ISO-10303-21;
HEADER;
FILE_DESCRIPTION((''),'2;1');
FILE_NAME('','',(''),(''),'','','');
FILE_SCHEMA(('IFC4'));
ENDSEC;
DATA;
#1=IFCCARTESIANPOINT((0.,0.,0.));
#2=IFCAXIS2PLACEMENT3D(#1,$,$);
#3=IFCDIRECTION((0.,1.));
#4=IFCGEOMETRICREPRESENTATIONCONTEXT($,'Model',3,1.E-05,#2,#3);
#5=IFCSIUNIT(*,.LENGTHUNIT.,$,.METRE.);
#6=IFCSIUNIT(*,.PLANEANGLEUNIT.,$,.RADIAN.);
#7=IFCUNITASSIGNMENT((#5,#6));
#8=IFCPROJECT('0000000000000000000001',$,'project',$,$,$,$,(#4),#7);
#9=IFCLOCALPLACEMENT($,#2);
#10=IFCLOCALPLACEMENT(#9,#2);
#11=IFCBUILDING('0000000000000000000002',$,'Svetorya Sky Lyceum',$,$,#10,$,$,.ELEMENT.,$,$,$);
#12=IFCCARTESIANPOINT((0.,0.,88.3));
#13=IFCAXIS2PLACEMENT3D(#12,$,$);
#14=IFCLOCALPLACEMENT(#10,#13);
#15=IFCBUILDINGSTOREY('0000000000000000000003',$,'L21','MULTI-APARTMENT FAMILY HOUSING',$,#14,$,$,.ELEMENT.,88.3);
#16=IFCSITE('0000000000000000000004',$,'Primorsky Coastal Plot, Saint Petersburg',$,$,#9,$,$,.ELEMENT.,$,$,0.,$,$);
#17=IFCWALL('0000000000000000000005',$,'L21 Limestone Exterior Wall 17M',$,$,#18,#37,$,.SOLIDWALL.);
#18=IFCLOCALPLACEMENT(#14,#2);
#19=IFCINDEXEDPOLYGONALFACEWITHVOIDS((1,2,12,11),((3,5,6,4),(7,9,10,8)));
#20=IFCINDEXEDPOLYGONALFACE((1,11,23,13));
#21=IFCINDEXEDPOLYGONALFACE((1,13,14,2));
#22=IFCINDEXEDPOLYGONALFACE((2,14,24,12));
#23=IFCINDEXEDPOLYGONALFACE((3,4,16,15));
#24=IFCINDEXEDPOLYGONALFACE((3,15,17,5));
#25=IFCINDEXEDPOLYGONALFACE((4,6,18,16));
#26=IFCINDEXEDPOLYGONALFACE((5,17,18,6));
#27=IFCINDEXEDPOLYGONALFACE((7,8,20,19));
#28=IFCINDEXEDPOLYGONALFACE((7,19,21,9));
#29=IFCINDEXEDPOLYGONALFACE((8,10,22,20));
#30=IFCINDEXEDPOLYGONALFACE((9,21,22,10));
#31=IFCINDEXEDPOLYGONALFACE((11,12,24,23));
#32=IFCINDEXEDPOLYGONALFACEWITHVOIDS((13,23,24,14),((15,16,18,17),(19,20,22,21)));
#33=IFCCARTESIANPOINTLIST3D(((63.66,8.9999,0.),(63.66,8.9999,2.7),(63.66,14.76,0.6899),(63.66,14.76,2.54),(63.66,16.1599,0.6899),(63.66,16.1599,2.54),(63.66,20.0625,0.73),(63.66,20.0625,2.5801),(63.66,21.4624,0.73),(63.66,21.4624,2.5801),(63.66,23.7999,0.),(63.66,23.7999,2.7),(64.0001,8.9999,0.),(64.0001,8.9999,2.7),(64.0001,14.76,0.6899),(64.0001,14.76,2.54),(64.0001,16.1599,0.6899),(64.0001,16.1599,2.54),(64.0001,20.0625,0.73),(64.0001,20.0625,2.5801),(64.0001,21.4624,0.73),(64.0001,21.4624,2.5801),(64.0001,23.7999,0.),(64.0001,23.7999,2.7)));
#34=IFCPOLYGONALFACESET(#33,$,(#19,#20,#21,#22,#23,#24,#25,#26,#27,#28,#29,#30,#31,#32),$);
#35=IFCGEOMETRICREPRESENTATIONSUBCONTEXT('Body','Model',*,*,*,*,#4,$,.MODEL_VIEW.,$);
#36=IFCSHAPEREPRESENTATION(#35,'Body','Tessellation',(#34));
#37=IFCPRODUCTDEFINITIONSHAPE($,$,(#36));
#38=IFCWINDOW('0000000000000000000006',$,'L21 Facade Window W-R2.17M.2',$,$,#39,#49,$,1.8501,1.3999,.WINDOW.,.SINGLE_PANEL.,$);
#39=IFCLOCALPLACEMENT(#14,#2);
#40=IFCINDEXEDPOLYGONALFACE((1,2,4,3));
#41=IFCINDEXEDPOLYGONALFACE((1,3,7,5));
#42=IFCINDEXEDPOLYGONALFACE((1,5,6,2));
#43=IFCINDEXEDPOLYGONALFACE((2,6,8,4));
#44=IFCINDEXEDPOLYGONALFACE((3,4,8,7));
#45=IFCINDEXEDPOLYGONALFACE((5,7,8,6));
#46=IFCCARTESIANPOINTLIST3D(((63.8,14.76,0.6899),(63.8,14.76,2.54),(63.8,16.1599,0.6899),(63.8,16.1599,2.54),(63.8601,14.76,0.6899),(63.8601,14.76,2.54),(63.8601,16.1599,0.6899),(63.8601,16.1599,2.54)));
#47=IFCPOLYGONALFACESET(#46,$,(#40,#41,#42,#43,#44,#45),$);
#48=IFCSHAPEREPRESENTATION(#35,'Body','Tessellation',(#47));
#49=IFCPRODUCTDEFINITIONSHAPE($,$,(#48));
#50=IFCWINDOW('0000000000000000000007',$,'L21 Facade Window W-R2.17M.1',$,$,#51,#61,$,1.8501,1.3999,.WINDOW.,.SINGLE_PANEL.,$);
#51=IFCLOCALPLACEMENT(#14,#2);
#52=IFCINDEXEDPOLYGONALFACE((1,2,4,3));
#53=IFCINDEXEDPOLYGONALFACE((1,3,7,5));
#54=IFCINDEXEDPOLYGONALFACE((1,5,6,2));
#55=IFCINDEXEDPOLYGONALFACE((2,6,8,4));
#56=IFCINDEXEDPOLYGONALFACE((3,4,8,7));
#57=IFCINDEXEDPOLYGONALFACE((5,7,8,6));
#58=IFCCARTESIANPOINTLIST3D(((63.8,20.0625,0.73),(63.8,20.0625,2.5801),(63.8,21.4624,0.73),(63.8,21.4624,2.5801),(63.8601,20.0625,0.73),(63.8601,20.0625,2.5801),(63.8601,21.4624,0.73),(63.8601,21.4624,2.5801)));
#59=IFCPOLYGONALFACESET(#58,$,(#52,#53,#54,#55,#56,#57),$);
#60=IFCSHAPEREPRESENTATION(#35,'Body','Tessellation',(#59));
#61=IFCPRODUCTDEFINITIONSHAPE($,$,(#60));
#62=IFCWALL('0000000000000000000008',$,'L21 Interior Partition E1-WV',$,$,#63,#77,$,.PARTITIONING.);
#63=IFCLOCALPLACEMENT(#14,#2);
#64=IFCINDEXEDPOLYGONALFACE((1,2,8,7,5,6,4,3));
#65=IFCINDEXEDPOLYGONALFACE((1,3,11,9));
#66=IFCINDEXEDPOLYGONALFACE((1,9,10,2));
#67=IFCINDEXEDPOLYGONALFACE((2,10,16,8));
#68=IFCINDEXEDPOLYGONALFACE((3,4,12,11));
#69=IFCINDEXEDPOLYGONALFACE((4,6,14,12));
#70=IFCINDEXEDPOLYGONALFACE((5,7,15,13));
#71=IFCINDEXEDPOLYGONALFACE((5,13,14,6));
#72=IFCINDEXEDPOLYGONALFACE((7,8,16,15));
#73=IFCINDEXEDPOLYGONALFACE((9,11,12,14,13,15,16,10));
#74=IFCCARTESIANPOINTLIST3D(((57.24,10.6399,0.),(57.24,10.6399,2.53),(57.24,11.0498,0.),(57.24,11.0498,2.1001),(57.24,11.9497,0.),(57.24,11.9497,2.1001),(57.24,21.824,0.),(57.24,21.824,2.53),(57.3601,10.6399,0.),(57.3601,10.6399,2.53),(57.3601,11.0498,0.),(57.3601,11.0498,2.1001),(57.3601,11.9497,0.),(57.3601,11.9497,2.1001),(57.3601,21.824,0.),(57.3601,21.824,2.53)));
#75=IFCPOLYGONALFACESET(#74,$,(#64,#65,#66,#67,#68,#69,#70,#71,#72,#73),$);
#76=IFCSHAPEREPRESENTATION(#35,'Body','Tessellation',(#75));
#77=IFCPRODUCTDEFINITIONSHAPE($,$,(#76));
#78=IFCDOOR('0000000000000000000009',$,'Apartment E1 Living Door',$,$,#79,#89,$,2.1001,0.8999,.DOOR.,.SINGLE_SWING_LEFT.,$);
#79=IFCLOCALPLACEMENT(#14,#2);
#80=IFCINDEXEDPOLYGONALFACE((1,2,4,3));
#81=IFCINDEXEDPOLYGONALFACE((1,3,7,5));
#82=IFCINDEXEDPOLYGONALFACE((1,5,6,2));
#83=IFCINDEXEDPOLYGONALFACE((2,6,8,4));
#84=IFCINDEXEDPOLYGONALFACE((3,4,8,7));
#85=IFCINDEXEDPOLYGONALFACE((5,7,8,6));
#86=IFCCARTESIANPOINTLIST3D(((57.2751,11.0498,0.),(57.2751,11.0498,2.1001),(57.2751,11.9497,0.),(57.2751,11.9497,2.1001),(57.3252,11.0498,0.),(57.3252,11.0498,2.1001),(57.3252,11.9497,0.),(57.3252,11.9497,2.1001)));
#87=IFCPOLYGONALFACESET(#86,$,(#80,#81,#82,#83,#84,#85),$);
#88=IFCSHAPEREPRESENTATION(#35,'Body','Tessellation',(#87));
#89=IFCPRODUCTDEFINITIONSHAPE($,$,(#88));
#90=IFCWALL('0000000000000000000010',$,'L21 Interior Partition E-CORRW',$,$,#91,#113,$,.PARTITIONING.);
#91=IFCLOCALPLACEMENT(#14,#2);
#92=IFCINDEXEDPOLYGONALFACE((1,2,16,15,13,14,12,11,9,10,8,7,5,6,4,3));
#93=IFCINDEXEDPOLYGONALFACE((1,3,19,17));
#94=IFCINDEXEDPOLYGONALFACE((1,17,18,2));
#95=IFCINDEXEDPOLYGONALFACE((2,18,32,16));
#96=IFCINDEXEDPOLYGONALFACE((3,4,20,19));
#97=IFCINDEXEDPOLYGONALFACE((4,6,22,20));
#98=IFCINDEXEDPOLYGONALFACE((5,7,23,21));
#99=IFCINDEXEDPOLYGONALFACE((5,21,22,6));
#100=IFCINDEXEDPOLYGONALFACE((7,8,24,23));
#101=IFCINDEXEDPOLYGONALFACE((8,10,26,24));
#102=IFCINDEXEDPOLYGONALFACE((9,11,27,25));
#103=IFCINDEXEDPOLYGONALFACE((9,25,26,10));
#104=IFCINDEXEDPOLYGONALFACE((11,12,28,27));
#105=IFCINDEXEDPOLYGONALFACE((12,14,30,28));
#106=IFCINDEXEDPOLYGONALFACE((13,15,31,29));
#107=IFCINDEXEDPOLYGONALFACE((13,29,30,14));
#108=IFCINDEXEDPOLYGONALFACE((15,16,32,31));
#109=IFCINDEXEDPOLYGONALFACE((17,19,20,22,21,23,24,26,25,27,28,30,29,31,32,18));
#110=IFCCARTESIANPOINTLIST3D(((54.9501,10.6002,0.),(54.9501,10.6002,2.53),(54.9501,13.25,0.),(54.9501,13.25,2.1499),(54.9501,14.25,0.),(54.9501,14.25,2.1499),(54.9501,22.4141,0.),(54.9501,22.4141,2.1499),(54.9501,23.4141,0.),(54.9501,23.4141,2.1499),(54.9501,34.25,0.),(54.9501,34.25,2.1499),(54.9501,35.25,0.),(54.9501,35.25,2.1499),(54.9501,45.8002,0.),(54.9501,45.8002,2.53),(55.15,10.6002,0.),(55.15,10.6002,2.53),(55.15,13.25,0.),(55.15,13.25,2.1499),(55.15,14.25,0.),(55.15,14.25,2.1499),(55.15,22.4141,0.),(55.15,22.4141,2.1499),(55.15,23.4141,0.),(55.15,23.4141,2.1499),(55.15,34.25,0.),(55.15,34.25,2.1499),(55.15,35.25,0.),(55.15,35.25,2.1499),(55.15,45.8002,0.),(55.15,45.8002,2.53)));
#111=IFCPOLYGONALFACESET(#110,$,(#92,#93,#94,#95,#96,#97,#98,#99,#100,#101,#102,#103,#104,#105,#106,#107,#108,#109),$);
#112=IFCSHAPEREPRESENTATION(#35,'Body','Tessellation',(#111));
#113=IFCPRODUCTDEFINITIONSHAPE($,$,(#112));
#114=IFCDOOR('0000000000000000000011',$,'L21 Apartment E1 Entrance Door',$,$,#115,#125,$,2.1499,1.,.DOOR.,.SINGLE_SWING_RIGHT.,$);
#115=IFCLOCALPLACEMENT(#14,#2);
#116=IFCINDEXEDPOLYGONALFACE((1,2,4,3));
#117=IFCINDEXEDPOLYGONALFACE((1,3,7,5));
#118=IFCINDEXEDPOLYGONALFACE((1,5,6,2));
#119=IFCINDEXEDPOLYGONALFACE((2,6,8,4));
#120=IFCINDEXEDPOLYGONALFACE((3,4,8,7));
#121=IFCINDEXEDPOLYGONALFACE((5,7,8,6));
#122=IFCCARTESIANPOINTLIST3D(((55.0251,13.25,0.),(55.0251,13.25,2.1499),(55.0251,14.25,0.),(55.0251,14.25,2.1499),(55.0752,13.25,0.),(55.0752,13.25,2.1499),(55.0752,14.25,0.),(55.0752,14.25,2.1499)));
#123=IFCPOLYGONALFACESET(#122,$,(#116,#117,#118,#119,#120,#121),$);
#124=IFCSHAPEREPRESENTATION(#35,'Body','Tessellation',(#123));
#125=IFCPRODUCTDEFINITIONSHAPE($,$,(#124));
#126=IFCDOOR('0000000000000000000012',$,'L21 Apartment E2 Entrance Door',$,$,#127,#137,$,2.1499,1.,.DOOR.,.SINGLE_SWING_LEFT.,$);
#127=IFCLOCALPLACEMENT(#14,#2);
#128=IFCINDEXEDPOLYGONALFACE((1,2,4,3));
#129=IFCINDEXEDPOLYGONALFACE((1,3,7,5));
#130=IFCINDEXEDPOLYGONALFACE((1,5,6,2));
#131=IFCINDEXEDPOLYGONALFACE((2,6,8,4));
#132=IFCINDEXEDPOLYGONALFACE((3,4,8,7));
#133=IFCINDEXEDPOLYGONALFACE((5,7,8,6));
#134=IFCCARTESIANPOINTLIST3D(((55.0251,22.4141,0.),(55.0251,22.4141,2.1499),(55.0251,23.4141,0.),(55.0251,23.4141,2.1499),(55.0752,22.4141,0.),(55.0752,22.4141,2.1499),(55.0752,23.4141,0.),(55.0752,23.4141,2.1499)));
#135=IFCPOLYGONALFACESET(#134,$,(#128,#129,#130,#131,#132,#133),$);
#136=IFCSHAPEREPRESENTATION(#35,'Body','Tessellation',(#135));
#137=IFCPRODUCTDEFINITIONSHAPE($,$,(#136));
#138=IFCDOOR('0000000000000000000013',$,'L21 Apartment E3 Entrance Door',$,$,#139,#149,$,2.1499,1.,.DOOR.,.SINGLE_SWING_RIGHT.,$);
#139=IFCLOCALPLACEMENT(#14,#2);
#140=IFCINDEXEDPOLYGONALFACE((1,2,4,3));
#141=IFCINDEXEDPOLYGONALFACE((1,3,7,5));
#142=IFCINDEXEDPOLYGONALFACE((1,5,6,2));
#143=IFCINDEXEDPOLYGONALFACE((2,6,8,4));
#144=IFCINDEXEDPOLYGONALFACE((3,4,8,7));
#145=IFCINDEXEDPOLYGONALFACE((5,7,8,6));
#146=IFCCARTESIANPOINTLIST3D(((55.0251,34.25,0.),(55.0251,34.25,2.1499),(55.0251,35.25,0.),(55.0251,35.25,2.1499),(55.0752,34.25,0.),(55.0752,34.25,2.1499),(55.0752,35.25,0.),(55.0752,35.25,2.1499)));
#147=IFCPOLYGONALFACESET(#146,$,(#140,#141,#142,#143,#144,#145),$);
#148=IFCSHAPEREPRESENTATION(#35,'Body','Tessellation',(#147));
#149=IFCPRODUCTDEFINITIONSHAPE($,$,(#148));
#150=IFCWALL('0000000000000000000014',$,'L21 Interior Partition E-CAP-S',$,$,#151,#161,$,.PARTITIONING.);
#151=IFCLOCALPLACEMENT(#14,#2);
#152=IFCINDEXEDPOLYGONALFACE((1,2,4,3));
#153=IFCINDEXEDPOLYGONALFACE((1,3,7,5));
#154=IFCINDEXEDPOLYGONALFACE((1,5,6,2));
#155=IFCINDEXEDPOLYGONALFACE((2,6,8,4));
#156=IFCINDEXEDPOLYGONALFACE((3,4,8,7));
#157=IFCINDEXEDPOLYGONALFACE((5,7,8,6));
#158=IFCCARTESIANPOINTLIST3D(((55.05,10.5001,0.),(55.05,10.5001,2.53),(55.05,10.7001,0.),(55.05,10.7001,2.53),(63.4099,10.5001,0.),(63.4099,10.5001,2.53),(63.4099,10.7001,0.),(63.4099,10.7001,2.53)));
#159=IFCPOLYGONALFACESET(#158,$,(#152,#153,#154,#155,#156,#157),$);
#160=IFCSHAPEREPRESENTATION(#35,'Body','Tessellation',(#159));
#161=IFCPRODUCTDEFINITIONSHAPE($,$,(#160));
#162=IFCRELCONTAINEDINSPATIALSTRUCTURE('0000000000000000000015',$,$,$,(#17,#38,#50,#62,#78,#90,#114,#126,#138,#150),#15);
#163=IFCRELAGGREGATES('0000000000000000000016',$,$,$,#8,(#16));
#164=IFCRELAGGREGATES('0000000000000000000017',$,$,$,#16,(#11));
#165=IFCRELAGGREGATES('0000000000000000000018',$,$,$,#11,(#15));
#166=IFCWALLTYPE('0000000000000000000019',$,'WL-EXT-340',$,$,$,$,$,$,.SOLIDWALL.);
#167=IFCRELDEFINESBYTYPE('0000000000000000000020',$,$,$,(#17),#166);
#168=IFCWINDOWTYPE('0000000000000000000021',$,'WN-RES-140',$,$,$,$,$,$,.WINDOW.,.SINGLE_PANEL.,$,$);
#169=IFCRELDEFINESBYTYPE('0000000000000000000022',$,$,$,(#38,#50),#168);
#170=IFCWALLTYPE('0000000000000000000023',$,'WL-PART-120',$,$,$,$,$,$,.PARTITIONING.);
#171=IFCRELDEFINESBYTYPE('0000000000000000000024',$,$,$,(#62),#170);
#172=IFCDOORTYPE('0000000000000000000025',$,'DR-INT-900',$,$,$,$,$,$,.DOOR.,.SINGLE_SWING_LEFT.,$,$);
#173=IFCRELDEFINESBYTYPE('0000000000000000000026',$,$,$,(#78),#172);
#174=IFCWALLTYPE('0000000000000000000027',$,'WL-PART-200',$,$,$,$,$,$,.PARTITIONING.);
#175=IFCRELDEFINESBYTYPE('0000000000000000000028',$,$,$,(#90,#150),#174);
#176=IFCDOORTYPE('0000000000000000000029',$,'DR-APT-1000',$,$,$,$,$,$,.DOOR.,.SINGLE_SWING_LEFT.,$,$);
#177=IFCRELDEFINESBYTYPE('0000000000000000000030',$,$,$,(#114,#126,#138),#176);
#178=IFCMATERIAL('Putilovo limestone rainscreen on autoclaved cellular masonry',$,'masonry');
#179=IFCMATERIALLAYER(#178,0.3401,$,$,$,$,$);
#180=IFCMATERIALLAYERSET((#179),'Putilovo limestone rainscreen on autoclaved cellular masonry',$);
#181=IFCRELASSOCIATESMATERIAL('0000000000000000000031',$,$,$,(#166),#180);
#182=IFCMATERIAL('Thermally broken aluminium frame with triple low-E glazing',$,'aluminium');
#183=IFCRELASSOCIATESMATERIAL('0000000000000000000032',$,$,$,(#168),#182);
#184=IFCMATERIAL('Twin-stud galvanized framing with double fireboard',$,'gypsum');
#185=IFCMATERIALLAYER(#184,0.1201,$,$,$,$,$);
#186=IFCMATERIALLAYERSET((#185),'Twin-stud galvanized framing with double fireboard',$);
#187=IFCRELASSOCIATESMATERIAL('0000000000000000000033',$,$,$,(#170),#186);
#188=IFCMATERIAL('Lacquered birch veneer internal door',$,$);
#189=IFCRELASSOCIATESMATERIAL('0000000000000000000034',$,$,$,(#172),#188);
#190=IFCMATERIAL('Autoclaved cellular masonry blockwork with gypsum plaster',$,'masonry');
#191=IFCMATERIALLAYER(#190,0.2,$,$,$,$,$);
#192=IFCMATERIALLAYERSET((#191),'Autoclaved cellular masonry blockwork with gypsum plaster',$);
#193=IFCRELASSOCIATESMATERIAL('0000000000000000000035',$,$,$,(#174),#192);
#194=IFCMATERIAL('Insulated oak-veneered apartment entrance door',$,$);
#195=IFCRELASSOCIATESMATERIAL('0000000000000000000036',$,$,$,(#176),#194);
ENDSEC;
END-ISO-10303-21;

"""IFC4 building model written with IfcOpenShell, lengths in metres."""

from ifc_helpers import new_model, si_unit, direction, frame, frame_2d, origin, place, context, subcontext, project, spatial, rectangle, extrude, material, layer, layer_set, type_object, element, fill, save


model = new_model("IFC4")

# Units and contexts
model_context = context("Model", 3, precision=1e-05, world=origin(), true_north=direction((0.0, 1.0)))
body_context = subcontext(model_context, "Body", "Model", "MODEL_VIEW")
ifc_project = project(units=[si_unit("LENGTHUNIT", "METRE"), si_unit("PLANEANGLEUNIT", "RADIAN")], contexts=[model_context])

# Site, building, storey
site_placement = place(None, origin())
site = spatial("IfcSite", under=ifc_project, at=site_placement, Name="Primorsky Coastal Plot, Saint Petersburg", CompositionType="ELEMENT", RefElevation=0.0)
building_placement = place(site_placement, origin())
building = spatial("IfcBuilding", under=site, at=building_placement, Name="Svetorya Sky Lyceum", CompositionType="ELEMENT")
storey_placement = place(building_placement, frame((0.0, 0.0, 88.3)))
storey = spatial("IfcBuildingStorey", under=building, at=storey_placement, Name="L21", Description="MULTI-APARTMENT FAMILY HOUSING", CompositionType="ELEMENT", Elevation=88.3)

# Shared definitions
ifc_material_1 = material(Name="Putilovo limestone rainscreen on autoclaved cellular masonry", Category="masonry")
ifc_layer_1 = layer(ifc_material_1, 0.3401)
ifc_layer_set_1 = layer_set([ifc_layer_1], Name="Putilovo limestone rainscreen on autoclaved cellular masonry")
wall_type_1 = type_object("IfcWallType", Name="WL-EXT-340", PredefinedType="SOLIDWALL", material=ifc_layer_set_1)

# Wall, openings, windows
wall_1_placement = place(storey_placement, frame((63.8301, 9.0, 0.0), z_axis=(0.0, 0.0, 1.0), x_axis=(0.0, 1.0, 0.0)))
wall_1 = element("IfcWall", 1, at=wall_1_placement, inside=storey, type_object=wall_type_1, Name="L21 Limestone Exterior Wall 17M", PredefinedType="SOLIDWALL", context=body_context, shape_type="SweptSolid", body=[
    extrude(rectangle(XDim=14.8, YDim=0.3401, at=frame_2d((7.3999, 0.0))), origin(), (0.0, 0.0, 1.0), 2.7),
])
opening_1_placement = place(wall_1_placement, frame((5.76, 0.0, 0.6899)))
opening_1 = element("IfcOpeningElement", 2, at=opening_1_placement, cuts=wall_1, PredefinedType="OPENING", context=body_context, shape_type="SweptSolid", body=[
    extrude(rectangle(XDim=1.3999, YDim=1.8501, at=frame_2d((0.7, 0.925))), frame((0.0, 0.1799, 0.0), z_axis=(0.0, -1.0, 0.0), x_axis=(1.0, 0.0, 0.0)), (0.0, 0.0, 1.0), 0.3601),
])
opening_2_placement = place(wall_1_placement, frame((11.0625, 0.0, 0.73)))
opening_2 = element("IfcOpeningElement", 3, at=opening_2_placement, cuts=wall_1, PredefinedType="OPENING", context=body_context, shape_type="SweptSolid", body=[
    extrude(rectangle(XDim=1.3999, YDim=1.8501, at=frame_2d((0.7, 0.925))), frame((0.0, 0.1799, 0.0), z_axis=(0.0, -1.0, 0.0), x_axis=(1.0, 0.0, 0.0)), (0.0, 0.0, 1.0), 0.3601),
])
ifc_material_2 = material(Name="Thermally broken aluminium frame with triple low-E glazing", Category="aluminium")
window_type = type_object("IfcWindowType", Name="WN-RES-140", PartitioningType="SINGLE_PANEL", PredefinedType="WINDOW", material=ifc_material_2)
window_1_placement = place(opening_1_placement, origin())
window_1 = element("IfcWindow", 4, at=window_1_placement, inside=storey, type_object=window_type, Name="L21 Facade Window W-R2.17M.2", OverallHeight=1.8501, OverallWidth=1.3999, PartitioningType="SINGLE_PANEL", PredefinedType="WINDOW", context=body_context, shape_type="SweptSolid", body=[
    extrude(rectangle(XDim=1.3999, YDim=1.8501, at=frame_2d((0.7, 0.925))), frame((0.0, 0.03, 0.0), z_axis=(0.0, -1.0, 0.0), x_axis=(1.0, 0.0, 0.0)), (0.0, 0.0, 1.0), 0.0601),
])
fill(opening_1, window_1)
window_2_placement = place(opening_2_placement, origin())
window_2 = element("IfcWindow", 5, at=window_2_placement, inside=storey, type_object=window_type, Name="L21 Facade Window W-R2.17M.1", OverallHeight=1.8501, OverallWidth=1.3999, PartitioningType="SINGLE_PANEL", PredefinedType="WINDOW", context=body_context, shape_type="SweptSolid", body=[
    extrude(rectangle(XDim=1.3999, YDim=1.8501, at=frame_2d((0.7, 0.925))), frame((0.0, 0.03, 0.0), z_axis=(0.0, -1.0, 0.0), x_axis=(1.0, 0.0, 0.0)), (0.0, 0.0, 1.0), 0.0601),
])
fill(opening_2, window_2)

# Wall, opening, door
ifc_material_3 = material(Name="Twin-stud galvanized framing with double fireboard", Category="gypsum")
ifc_layer_2 = layer(ifc_material_3, 0.1201)
ifc_layer_set_2 = layer_set([ifc_layer_2], Name="Twin-stud galvanized framing with double fireboard")
wall_type_2 = type_object("IfcWallType", Name="WL-PART-120", PredefinedType="PARTITIONING", material=ifc_layer_set_2)
wall_2_placement = place(storey_placement, frame((57.3, 10.6399, 0.0), z_axis=(0.0, 0.0, 1.0), x_axis=(0.0, 1.0, 0.0)))
wall_2 = element("IfcWall", 6, at=wall_2_placement, inside=storey, type_object=wall_type_2, Name="L21 Interior Partition E1-WV", PredefinedType="PARTITIONING", context=body_context, shape_type="SweptSolid", body=[
    extrude(rectangle(XDim=11.1841, YDim=0.1201, at=frame_2d((5.592, 0.0))), origin(), (0.0, 0.0, 1.0), 2.53),
])
opening_3_placement = place(wall_2_placement, frame((0.4099, 0.0, 0.0)))
opening_3 = element("IfcOpeningElement", 7, at=opening_3_placement, cuts=wall_2, PredefinedType="OPENING", context=body_context, shape_type="SweptSolid", body=[
    extrude(rectangle(XDim=0.8999, YDim=2.1001, at=frame_2d((0.45, 1.05))), frame((0.0, 0.0701, 0.0), z_axis=(0.0, -1.0, 0.0), x_axis=(1.0, 0.0, 0.0)), (0.0, 0.0, 1.0), 0.1401),
])
ifc_material_4 = material(Name="Lacquered birch veneer internal door")
door_type_1 = type_object("IfcDoorType", Name="DR-INT-900", OperationType="SINGLE_SWING_LEFT", PredefinedType="DOOR", material=ifc_material_4)
door_1_placement = place(opening_3_placement, origin())
door_1 = element("IfcDoor", 8, at=door_1_placement, inside=storey, type_object=door_type_1, Name="Apartment E1 Living Door", OperationType="SINGLE_SWING_LEFT", OverallHeight=2.1001, OverallWidth=0.8999, PredefinedType="DOOR", context=body_context, shape_type="SweptSolid", body=[
    extrude(rectangle(XDim=0.8999, YDim=2.1001, at=frame_2d((0.45, 1.05))), frame((0.0, 0.0249, 0.0), z_axis=(0.0, -1.0, 0.0), x_axis=(1.0, 0.0, 0.0)), (0.0, 0.0, 1.0), 0.05),
])
fill(opening_3, door_1)

# Wall, openings, doors
ifc_material_5 = material(Name="Autoclaved cellular masonry blockwork with gypsum plaster", Category="masonry")
ifc_layer_3 = layer(ifc_material_5, 0.2)
ifc_layer_set_3 = layer_set([ifc_layer_3], Name="Autoclaved cellular masonry blockwork with gypsum plaster")
wall_type_3 = type_object("IfcWallType", Name="WL-PART-200", PredefinedType="PARTITIONING", material=ifc_layer_set_3)
wall_3_placement = place(storey_placement, frame((55.05, 10.6001, 0.0), z_axis=(0.0, 0.0, 1.0), x_axis=(0.0, 1.0, 0.0)))
wall_3 = element("IfcWall", 9, at=wall_3_placement, inside=storey, type_object=wall_type_3, Name="L21 Interior Partition E-CORRW", PredefinedType="PARTITIONING", context=body_context, shape_type="SweptSolid", body=[
    extrude(rectangle(XDim=35.2, YDim=0.2, at=frame_2d((17.6001, 0.0))), origin(), (0.0, 0.0, 1.0), 2.53),
])
opening_4_placement = place(wall_3_placement, frame((2.6499, 0.0, 0.0)))
opening_4 = element("IfcOpeningElement", 10, at=opening_4_placement, cuts=wall_3, PredefinedType="OPENING", context=body_context, shape_type="SweptSolid", body=[
    extrude(rectangle(XDim=1.0, YDim=2.1499, at=frame_2d((0.5, 1.075))), frame((0.0, 0.1099, 0.0), z_axis=(0.0, -1.0, 0.0), x_axis=(1.0, 0.0, 0.0)), (0.0, 0.0, 1.0), 0.22),
])
opening_5_placement = place(wall_3_placement, frame((11.814, 0.0, 0.0)))
opening_5 = element("IfcOpeningElement", 11, at=opening_5_placement, cuts=wall_3, PredefinedType="OPENING", context=body_context, shape_type="SweptSolid", body=[
    extrude(rectangle(XDim=1.0, YDim=2.1499, at=frame_2d((0.5, 1.075))), frame((0.0, 0.1099, 0.0), z_axis=(0.0, -1.0, 0.0), x_axis=(1.0, 0.0, 0.0)), (0.0, 0.0, 1.0), 0.22),
])
opening_6_placement = place(wall_3_placement, frame((23.6499, 0.0, 0.0)))
opening_6 = element("IfcOpeningElement", 12, at=opening_6_placement, cuts=wall_3, PredefinedType="OPENING", context=body_context, shape_type="SweptSolid", body=[
    extrude(rectangle(XDim=1.0, YDim=2.1499, at=frame_2d((0.5, 1.075))), frame((0.0, 0.1099, 0.0), z_axis=(0.0, -1.0, 0.0), x_axis=(1.0, 0.0, 0.0)), (0.0, 0.0, 1.0), 0.22),
])
ifc_material_6 = material(Name="Insulated oak-veneered apartment entrance door")
door_type_2 = type_object("IfcDoorType", Name="DR-APT-1000", OperationType="SINGLE_SWING_LEFT", PredefinedType="DOOR", material=ifc_material_6)
door_2_placement = place(opening_4_placement, origin())
door_2 = element("IfcDoor", 13, at=door_2_placement, inside=storey, type_object=door_type_2, Name="L21 Apartment E1 Entrance Door", OperationType="SINGLE_SWING_RIGHT", OverallHeight=2.1499, OverallWidth=1.0, PredefinedType="DOOR", context=body_context, shape_type="SweptSolid", body=[
    extrude(rectangle(XDim=1.0, YDim=2.1499, at=frame_2d((0.5, 1.075))), frame((0.0, 0.0249, 0.0), z_axis=(0.0, -1.0, 0.0), x_axis=(1.0, 0.0, 0.0)), (0.0, 0.0, 1.0), 0.05),
])
fill(opening_4, door_2)
door_3_placement = place(opening_5_placement, origin())
door_3 = element("IfcDoor", 14, at=door_3_placement, inside=storey, type_object=door_type_2, Name="L21 Apartment E2 Entrance Door", OperationType="SINGLE_SWING_LEFT", OverallHeight=2.1499, OverallWidth=1.0, PredefinedType="DOOR", context=body_context, shape_type="SweptSolid", body=[
    extrude(rectangle(XDim=1.0, YDim=2.1499, at=frame_2d((0.5, 1.075))), frame((0.0, 0.0249, 0.0), z_axis=(0.0, -1.0, 0.0), x_axis=(1.0, 0.0, 0.0)), (0.0, 0.0, 1.0), 0.05),
])
fill(opening_5, door_3)
door_4_placement = place(opening_6_placement, origin())
door_4 = element("IfcDoor", 15, at=door_4_placement, inside=storey, type_object=door_type_2, Name="L21 Apartment E3 Entrance Door", OperationType="SINGLE_SWING_RIGHT", OverallHeight=2.1499, OverallWidth=1.0, PredefinedType="DOOR", context=body_context, shape_type="SweptSolid", body=[
    extrude(rectangle(XDim=1.0, YDim=2.1499, at=frame_2d((0.5, 1.075))), frame((0.0, 0.0249, 0.0), z_axis=(0.0, -1.0, 0.0), x_axis=(1.0, 0.0, 0.0)), (0.0, 0.0, 1.0), 0.05),
])
fill(opening_6, door_4)

# Wall
wall_4_placement = place(storey_placement, frame((55.05, 10.6001, 0.0), z_axis=(0.0, 0.0, 1.0), x_axis=(1.0, 0.0, 0.0)))
element("IfcWall", 16, at=wall_4_placement, inside=storey, type_object=wall_type_3, Name="L21 Interior Partition E-CAP-S", PredefinedType="PARTITIONING", context=body_context, shape_type="SweptSolid", body=[
    extrude(rectangle(XDim=8.3599, YDim=0.2, at=frame_2d((4.1799, 0.0))), origin(), (0.0, 0.0, 1.0), 2.53),
])

save(model, "model.ifc")
